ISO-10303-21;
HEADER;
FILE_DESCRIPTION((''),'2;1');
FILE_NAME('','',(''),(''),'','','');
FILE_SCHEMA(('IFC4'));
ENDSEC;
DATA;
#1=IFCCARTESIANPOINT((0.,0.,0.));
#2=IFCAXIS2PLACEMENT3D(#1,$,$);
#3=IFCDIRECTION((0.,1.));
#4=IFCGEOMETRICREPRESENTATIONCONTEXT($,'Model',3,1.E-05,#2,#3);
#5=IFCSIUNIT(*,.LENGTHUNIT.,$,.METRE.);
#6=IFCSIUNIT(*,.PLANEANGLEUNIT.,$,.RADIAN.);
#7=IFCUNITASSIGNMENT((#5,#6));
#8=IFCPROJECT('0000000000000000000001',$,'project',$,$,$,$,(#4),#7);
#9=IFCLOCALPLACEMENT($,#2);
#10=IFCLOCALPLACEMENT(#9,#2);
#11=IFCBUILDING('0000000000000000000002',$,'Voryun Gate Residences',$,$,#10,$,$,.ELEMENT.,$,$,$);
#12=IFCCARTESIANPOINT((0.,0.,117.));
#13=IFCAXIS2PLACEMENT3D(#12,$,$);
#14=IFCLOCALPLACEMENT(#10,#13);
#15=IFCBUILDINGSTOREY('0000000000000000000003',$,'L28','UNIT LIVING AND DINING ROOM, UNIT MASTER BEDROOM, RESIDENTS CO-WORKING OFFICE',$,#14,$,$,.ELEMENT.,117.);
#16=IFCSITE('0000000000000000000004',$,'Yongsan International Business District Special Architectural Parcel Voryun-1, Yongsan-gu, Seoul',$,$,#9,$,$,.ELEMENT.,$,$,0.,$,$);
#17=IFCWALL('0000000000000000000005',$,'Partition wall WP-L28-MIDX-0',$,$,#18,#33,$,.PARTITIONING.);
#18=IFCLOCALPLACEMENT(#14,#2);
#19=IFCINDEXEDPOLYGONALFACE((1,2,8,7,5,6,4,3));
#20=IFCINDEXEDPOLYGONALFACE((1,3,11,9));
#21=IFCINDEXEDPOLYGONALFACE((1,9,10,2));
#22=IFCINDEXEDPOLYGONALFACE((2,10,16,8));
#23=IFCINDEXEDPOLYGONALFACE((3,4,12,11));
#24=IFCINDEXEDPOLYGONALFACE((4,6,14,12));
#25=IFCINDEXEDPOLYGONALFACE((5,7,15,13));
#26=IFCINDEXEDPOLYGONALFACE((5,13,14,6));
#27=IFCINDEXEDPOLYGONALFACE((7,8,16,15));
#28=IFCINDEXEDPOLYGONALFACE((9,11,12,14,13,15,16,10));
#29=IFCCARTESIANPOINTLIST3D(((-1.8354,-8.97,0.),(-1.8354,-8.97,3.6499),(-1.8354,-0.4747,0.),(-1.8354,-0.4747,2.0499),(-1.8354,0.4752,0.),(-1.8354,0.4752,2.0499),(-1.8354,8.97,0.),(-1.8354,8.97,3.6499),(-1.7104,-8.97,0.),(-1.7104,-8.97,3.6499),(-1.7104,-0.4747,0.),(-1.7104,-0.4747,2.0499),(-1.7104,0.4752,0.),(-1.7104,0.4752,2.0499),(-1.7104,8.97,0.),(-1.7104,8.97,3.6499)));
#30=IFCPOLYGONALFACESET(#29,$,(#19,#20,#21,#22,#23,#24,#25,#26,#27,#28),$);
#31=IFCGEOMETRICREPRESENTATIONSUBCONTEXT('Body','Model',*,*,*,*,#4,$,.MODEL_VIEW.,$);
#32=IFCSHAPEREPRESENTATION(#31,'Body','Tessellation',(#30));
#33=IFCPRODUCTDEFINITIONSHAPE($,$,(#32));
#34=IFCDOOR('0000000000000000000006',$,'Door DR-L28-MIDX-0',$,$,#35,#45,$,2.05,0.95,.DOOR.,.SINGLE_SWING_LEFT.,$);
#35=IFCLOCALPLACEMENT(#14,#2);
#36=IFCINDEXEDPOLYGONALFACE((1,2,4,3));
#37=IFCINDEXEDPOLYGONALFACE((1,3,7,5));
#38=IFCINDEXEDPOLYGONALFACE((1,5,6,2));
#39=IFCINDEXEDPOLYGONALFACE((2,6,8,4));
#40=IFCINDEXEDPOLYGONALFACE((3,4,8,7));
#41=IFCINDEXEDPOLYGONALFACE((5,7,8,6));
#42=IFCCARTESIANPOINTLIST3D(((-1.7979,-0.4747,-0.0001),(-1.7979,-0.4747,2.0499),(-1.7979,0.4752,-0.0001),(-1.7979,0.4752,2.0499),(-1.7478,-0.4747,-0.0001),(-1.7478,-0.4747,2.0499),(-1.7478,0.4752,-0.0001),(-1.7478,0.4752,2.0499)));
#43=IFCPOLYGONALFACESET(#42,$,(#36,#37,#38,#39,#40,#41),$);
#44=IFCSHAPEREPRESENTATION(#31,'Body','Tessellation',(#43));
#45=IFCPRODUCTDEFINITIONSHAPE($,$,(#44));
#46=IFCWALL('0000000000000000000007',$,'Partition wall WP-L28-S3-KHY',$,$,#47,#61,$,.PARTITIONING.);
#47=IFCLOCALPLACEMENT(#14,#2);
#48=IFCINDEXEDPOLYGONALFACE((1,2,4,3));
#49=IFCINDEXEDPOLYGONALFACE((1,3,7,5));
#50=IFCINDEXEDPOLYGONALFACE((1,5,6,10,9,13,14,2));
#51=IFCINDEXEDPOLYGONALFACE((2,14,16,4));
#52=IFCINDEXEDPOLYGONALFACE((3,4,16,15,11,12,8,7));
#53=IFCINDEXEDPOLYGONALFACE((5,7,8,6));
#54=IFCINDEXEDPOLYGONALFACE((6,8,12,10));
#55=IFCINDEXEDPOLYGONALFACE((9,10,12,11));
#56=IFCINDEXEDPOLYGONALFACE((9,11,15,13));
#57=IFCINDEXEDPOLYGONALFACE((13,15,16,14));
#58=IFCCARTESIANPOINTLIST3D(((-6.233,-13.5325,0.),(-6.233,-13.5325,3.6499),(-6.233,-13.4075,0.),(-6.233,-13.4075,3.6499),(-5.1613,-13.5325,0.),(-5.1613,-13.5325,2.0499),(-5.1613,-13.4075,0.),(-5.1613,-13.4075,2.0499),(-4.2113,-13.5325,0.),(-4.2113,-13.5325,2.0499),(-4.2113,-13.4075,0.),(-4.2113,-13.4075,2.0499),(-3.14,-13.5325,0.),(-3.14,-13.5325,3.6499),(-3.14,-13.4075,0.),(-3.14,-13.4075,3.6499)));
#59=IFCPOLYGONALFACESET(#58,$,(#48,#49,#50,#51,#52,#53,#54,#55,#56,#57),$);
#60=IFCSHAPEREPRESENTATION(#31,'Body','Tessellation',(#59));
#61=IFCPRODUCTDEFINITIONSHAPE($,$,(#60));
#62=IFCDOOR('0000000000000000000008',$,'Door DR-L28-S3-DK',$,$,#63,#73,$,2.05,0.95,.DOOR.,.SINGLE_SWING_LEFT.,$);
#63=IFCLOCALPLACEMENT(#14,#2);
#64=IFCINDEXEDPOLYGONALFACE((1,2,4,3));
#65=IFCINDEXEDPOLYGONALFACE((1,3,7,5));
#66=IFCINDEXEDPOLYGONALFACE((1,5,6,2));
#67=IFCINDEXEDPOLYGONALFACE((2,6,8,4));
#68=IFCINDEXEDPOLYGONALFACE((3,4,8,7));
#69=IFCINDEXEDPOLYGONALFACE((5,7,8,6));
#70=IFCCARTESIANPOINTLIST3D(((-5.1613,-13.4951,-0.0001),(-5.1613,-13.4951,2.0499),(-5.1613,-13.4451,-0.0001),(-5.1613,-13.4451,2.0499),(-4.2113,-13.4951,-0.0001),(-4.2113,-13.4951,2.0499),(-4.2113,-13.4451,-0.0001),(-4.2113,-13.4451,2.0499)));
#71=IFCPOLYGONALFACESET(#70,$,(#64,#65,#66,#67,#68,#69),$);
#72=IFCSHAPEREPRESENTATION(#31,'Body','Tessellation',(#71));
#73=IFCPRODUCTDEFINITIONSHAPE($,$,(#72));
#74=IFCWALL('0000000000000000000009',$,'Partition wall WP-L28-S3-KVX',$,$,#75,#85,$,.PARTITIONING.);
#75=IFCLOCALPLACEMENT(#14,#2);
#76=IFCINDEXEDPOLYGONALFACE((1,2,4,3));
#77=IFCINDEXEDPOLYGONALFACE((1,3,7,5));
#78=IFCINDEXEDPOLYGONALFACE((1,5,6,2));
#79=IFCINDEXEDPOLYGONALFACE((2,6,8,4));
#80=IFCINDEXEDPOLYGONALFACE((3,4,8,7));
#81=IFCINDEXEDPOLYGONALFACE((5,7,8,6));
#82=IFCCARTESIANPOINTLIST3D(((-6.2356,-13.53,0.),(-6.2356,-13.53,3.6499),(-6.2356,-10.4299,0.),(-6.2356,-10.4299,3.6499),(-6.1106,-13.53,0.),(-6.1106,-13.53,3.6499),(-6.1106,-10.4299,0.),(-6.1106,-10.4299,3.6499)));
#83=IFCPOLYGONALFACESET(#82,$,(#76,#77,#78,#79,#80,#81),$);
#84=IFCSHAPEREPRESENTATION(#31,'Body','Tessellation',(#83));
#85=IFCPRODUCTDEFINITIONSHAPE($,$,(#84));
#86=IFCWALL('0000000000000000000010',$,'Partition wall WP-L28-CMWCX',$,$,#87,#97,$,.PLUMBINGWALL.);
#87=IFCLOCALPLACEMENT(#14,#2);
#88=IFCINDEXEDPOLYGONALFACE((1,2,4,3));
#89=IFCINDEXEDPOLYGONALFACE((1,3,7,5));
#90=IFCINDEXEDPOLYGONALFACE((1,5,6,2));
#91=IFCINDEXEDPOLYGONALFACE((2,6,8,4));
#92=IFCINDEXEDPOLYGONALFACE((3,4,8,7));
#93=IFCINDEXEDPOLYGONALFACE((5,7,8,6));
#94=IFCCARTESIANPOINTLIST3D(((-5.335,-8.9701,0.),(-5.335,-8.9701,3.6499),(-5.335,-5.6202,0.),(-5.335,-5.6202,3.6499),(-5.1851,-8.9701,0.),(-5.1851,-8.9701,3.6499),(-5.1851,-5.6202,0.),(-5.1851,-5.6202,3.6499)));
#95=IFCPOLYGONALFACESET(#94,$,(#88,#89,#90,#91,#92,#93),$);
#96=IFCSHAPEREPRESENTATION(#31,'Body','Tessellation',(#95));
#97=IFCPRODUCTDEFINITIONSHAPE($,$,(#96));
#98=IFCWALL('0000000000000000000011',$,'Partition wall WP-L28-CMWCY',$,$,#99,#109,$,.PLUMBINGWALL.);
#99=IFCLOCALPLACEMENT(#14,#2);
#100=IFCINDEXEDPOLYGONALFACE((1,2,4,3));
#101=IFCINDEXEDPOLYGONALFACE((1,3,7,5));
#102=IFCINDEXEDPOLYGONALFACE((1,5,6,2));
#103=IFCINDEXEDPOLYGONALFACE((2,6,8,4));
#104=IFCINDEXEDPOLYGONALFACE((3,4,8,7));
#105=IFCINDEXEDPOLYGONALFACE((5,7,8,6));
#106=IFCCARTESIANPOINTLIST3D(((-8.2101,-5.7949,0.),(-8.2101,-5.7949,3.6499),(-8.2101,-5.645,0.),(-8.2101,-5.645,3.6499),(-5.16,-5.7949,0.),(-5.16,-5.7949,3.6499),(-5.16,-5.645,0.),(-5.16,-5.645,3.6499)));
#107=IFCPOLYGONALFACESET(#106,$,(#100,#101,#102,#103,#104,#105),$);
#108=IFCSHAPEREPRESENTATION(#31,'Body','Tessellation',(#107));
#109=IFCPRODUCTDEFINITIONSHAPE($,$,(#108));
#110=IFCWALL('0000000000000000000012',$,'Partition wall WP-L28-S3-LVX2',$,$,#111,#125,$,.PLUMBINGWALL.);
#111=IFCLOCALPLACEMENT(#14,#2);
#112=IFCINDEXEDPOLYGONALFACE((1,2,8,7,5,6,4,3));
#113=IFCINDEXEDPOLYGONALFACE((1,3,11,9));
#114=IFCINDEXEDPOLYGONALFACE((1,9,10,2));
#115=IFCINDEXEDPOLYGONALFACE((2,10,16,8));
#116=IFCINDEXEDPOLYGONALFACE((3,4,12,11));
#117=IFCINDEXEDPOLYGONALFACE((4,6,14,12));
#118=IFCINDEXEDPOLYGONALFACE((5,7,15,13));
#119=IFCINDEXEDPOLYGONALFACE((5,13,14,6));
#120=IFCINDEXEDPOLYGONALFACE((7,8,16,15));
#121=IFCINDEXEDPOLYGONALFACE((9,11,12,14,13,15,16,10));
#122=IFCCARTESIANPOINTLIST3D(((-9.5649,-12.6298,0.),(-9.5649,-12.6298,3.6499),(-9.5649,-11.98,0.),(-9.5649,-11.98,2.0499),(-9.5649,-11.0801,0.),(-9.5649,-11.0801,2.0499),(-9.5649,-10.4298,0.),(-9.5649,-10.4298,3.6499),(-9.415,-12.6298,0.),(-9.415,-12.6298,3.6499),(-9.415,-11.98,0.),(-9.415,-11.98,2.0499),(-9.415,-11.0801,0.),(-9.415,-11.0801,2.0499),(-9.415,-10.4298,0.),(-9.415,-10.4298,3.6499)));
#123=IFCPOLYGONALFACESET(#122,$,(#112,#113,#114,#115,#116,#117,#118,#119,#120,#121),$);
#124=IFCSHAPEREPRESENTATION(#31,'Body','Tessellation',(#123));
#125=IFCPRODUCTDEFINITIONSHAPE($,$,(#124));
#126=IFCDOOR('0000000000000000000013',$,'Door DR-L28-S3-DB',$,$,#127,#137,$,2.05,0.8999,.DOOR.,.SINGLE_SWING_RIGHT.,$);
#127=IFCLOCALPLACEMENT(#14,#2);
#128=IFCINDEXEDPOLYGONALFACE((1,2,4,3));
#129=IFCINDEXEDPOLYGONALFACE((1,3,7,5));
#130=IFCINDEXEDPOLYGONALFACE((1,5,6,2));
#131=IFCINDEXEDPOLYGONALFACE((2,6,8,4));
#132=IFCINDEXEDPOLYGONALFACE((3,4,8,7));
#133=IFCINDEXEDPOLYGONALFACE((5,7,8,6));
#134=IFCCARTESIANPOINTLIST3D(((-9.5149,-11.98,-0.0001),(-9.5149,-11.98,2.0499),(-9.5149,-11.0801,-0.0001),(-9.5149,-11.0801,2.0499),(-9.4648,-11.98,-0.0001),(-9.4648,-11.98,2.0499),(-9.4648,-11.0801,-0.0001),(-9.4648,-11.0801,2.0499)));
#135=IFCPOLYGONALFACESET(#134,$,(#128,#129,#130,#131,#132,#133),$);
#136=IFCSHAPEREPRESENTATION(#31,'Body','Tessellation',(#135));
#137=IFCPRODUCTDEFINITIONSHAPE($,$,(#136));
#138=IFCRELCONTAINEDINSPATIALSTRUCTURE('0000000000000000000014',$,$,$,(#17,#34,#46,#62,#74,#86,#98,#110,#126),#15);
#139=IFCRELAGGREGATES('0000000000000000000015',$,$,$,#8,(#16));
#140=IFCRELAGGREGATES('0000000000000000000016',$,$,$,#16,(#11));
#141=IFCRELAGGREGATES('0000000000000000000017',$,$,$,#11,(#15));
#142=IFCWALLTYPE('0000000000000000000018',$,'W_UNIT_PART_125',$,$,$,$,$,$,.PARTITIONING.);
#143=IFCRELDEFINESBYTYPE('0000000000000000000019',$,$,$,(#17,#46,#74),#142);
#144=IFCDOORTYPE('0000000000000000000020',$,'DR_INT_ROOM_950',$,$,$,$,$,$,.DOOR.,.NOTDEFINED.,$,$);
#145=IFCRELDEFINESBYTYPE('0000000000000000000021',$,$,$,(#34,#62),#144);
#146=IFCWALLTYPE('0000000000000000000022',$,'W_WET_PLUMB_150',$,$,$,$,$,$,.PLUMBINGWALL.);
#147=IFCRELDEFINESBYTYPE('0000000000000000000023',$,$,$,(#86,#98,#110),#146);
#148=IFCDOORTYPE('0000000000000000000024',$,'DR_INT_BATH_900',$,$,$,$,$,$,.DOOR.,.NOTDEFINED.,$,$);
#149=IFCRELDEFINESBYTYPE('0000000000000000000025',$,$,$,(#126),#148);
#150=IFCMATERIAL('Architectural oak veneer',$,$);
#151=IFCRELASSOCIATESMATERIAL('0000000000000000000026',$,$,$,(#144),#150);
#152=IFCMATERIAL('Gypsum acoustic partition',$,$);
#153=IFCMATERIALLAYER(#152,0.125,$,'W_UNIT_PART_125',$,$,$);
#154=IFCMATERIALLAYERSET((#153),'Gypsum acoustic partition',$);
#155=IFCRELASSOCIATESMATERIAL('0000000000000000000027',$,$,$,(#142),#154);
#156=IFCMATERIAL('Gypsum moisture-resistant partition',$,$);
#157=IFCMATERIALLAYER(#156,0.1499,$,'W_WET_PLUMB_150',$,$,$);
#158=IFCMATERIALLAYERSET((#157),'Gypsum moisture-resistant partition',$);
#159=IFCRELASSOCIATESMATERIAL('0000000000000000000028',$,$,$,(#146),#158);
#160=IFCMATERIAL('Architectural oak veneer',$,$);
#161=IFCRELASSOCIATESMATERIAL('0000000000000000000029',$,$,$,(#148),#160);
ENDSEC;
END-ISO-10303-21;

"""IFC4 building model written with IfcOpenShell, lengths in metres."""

from ifc_helpers import new_model, si_unit, direction, frame, frame_2d, origin, place, context, subcontext, project, spatial, rectangle, extrude, material, layer, layer_set, type_object, element, fill, save


model = new_model("IFC4")

# Units and contexts
model_context = context("Model", 3, precision=1e-05, world=origin(), true_north=direction((0.0, 1.0)))
body_context = subcontext(model_context, "Body", "Model", "MODEL_VIEW")
ifc_project = project(units=[si_unit("LENGTHUNIT", "METRE"), si_unit("PLANEANGLEUNIT", "RADIAN")], contexts=[model_context])

# Site, building, storey
site_placement = place(None, origin())
site = spatial("IfcSite", under=ifc_project, at=site_placement, Name="Yongsan International Business District Special Architectural Parcel Voryun-1, Yongsan-gu, Seoul", CompositionType="ELEMENT", RefElevation=0.0)
building_placement = place(site_placement, origin())
building = spatial("IfcBuilding", under=site, at=building_placement, Name="Voryun Gate Residences", CompositionType="ELEMENT")
storey_placement = place(building_placement, frame((0.0, 0.0, 117.0)))
storey = spatial("IfcBuildingStorey", under=building, at=storey_placement, Name="L28", Description="UNIT LIVING AND DINING ROOM, UNIT MASTER BEDROOM, RESIDENTS CO-WORKING OFFICE", CompositionType="ELEMENT", Elevation=117.0)

# Shared definitions
ifc_material_1 = material(Name="Architectural oak veneer")
door_type_1 = type_object("IfcDoorType", Name="DR_INT_ROOM_950", OperationType="NOTDEFINED", PredefinedType="DOOR", material=ifc_material_1)

# Walls, openings, doors
ifc_material_2 = material(Name="Gypsum acoustic partition")
ifc_layer_1 = layer(ifc_material_2, 0.125, Name="W_UNIT_PART_125")
ifc_layer_set_1 = layer_set([ifc_layer_1], Name="Gypsum acoustic partition")
wall_type_1 = type_object("IfcWallType", Name="W_UNIT_PART_125", PredefinedType="PARTITIONING", material=ifc_layer_set_1)
wall_1_placement = place(storey_placement, frame((-1.7729, -8.97, 0.0), z_axis=(0.0, 0.0, 1.0), x_axis=(0.0, 1.0, 0.0)))
wall_1 = element("IfcWall", 1, at=wall_1_placement, inside=storey, type_object=wall_type_1, Name="Partition wall WP-L28-MIDX-0", PredefinedType="PARTITIONING", context=body_context, shape_type="SweptSolid", body=[
    extrude(rectangle(XDim=17.9399, YDim=0.125, at=frame_2d((8.97, 0.0))), origin(), (0.0, 0.0, 1.0), 3.6499),
])
opening_1_placement = place(wall_1_placement, frame((8.4951, 0.0, 0.0)))
opening_1 = element("IfcOpeningElement", 2, at=opening_1_placement, cuts=wall_1, PredefinedType="OPENING", context=body_context, shape_type="SweptSolid", body=[
    extrude(rectangle(XDim=0.95, YDim=2.05, at=frame_2d((0.4751, 1.0249))), frame((0.0, 0.0725, 0.0), z_axis=(0.0, -1.0, 0.0), x_axis=(1.0, 0.0, 0.0)), (0.0, 0.0, 1.0), 0.145),
])
door_1_placement = place(opening_1_placement, origin())
door_1 = element("IfcDoor", 3, at=door_1_placement, inside=storey, type_object=door_type_1, Name="Door DR-L28-MIDX-0", OperationType="SINGLE_SWING_LEFT", OverallHeight=2.05, OverallWidth=0.95, PredefinedType="DOOR", context=body_context, shape_type="SweptSolid", body=[
    extrude(rectangle(XDim=0.95, YDim=2.05, at=frame_2d((0.4751, 1.0249))), frame((0.0, 0.0249, 0.0), z_axis=(0.0, -1.0, 0.0), x_axis=(1.0, 0.0, 0.0)), (0.0, 0.0, 1.0), 0.05),
])
fill(opening_1, door_1)
wall_2_placement = place(storey_placement, frame((-6.2329, -13.47, 0.0), z_axis=(0.0, 0.0, 1.0), x_axis=(1.0, 0.0, 0.0)))
wall_2 = element("IfcWall", 4, at=wall_2_placement, inside=storey, type_object=wall_type_1, Name="Partition wall WP-L28-S3-KHY", PredefinedType="PARTITIONING", context=body_context, shape_type="SweptSolid", body=[
    extrude(rectangle(XDim=3.093, YDim=0.125, at=frame_2d((1.5464, 0.0))), origin(), (0.0, 0.0, 1.0), 3.6499),
])
opening_2_placement = place(wall_2_placement, frame((1.0715, 0.0, 0.0)))
opening_2 = element("IfcOpeningElement", 5, at=opening_2_placement, cuts=wall_2, PredefinedType="OPENING", context=body_context, shape_type="SweptSolid", body=[
    extrude(rectangle(XDim=0.95, YDim=2.05, at=frame_2d((0.4751, 1.0249))), frame((0.0, 0.0725, 0.0), z_axis=(0.0, -1.0, 0.0), x_axis=(1.0, 0.0, 0.0)), (0.0, 0.0, 1.0), 0.145),
])
door_2_placement = place(opening_2_placement, origin())
door_2 = element("IfcDoor", 6, at=door_2_placement, inside=storey, type_object=door_type_1, Name="Door DR-L28-S3-DK", OperationType="SINGLE_SWING_LEFT", OverallHeight=2.05, OverallWidth=0.95, PredefinedType="DOOR", context=body_context, shape_type="SweptSolid", body=[
    extrude(rectangle(XDim=0.95, YDim=2.05, at=frame_2d((0.4751, 1.0249))), frame((0.0, 0.0249, 0.0), z_axis=(0.0, -1.0, 0.0), x_axis=(1.0, 0.0, 0.0)), (0.0, 0.0, 1.0), 0.05),
])
fill(opening_2, door_2)

# Walls
wall_3_placement = place(storey_placement, frame((-6.1731, -13.53, 0.0), z_axis=(0.0, 0.0, 1.0), x_axis=(0.0, 1.0, 0.0)))
element("IfcWall", 7, at=wall_3_placement, inside=storey, type_object=wall_type_1, Name="Partition wall WP-L28-S3-KVX", PredefinedType="PARTITIONING", context=body_context, shape_type="SweptSolid", body=[
    extrude(rectangle(XDim=3.1001, YDim=0.125, at=frame_2d((1.55, 0.0))), origin(), (0.0, 0.0, 1.0), 3.6499),
])
ifc_material_3 = material(Name="Gypsum moisture-resistant partition")
ifc_layer_2 = layer(ifc_material_3, 0.1499, Name="W_WET_PLUMB_150")
ifc_layer_set_2 = layer_set([ifc_layer_2], Name="Gypsum moisture-resistant partition")
wall_type_2 = type_object("IfcWallType", Name="W_WET_PLUMB_150", PredefinedType="PLUMBINGWALL", material=ifc_layer_set_2)
wall_4_placement = place(storey_placement, frame((-5.26, -8.97, 0.0), z_axis=(0.0, 0.0, 1.0), x_axis=(0.0, 1.0, 0.0)))
element("IfcWall", 8, at=wall_4_placement, inside=storey, type_object=wall_type_2, Name="Partition wall WP-L28-CMWCX", PredefinedType="PLUMBINGWALL", context=body_context, shape_type="SweptSolid", body=[
    extrude(rectangle(XDim=3.3499, YDim=0.1499, at=frame_2d((1.6748, 0.0))), origin(), (0.0, 0.0, 1.0), 3.6499),
])
wall_5_placement = place(storey_placement, frame((-8.21, -5.72, 0.0), z_axis=(0.0, 0.0, 1.0), x_axis=(1.0, 0.0, 0.0)))
element("IfcWall", 9, at=wall_5_placement, inside=storey, type_object=wall_type_2, Name="Partition wall WP-L28-CMWCY", PredefinedType="PLUMBINGWALL", context=body_context, shape_type="SweptSolid", body=[
    extrude(rectangle(XDim=3.05, YDim=0.1499, at=frame_2d((1.5249, 0.0))), origin(), (0.0, 0.0, 1.0), 3.6499),
])

# Wall, opening, door
wall_6_placement = place(storey_placement, frame((-9.49, -12.6299, 0.0), z_axis=(0.0, 0.0, 1.0), x_axis=(0.0, 1.0, 0.0)))
wall_6 = element("IfcWall", 10, at=wall_6_placement, inside=storey, type_object=wall_type_2, Name="Partition wall WP-L28-S3-LVX2", PredefinedType="PLUMBINGWALL", context=body_context, shape_type="SweptSolid", body=[
    extrude(rectangle(XDim=2.2, YDim=0.1499, at=frame_2d((1.1001, 0.0))), origin(), (0.0, 0.0, 1.0), 3.6499),
])
opening_3_placement = place(wall_6_placement, frame((0.6499, 0.0, 0.0)))
opening_3 = element("IfcOpeningElement", 11, at=opening_3_placement, cuts=wall_6, PredefinedType="OPENING", context=body_context, shape_type="SweptSolid", body=[
    extrude(rectangle(XDim=0.8999, YDim=2.05, at=frame_2d((0.45, 1.0249))), frame((0.0, 0.085, 0.0), z_axis=(0.0, -1.0, 0.0), x_axis=(1.0, 0.0, 0.0)), (0.0, 0.0, 1.0), 0.1699),
])
ifc_material_4 = material(Name="Architectural oak veneer")
door_type_2 = type_object("IfcDoorType", Name="DR_INT_BATH_900", OperationType="NOTDEFINED", PredefinedType="DOOR", material=ifc_material_4)
door_3_placement = place(opening_3_placement, origin())
door_3 = element("IfcDoor", 12, at=door_3_placement, inside=storey, type_object=door_type_2, Name="Door DR-L28-S3-DB", OperationType="SINGLE_SWING_RIGHT", OverallHeight=2.05, OverallWidth=0.8999, PredefinedType="DOOR", context=body_context, shape_type="SweptSolid", body=[
    extrude(rectangle(XDim=0.8999, YDim=2.05, at=frame_2d((0.45, 1.0249))), frame((0.0, 0.0249, 0.0), z_axis=(0.0, -1.0, 0.0), x_axis=(1.0, 0.0, 0.0)), (0.0, 0.0, 1.0), 0.05),
])
fill(opening_3, door_3)

save(model, "model.ifc")
